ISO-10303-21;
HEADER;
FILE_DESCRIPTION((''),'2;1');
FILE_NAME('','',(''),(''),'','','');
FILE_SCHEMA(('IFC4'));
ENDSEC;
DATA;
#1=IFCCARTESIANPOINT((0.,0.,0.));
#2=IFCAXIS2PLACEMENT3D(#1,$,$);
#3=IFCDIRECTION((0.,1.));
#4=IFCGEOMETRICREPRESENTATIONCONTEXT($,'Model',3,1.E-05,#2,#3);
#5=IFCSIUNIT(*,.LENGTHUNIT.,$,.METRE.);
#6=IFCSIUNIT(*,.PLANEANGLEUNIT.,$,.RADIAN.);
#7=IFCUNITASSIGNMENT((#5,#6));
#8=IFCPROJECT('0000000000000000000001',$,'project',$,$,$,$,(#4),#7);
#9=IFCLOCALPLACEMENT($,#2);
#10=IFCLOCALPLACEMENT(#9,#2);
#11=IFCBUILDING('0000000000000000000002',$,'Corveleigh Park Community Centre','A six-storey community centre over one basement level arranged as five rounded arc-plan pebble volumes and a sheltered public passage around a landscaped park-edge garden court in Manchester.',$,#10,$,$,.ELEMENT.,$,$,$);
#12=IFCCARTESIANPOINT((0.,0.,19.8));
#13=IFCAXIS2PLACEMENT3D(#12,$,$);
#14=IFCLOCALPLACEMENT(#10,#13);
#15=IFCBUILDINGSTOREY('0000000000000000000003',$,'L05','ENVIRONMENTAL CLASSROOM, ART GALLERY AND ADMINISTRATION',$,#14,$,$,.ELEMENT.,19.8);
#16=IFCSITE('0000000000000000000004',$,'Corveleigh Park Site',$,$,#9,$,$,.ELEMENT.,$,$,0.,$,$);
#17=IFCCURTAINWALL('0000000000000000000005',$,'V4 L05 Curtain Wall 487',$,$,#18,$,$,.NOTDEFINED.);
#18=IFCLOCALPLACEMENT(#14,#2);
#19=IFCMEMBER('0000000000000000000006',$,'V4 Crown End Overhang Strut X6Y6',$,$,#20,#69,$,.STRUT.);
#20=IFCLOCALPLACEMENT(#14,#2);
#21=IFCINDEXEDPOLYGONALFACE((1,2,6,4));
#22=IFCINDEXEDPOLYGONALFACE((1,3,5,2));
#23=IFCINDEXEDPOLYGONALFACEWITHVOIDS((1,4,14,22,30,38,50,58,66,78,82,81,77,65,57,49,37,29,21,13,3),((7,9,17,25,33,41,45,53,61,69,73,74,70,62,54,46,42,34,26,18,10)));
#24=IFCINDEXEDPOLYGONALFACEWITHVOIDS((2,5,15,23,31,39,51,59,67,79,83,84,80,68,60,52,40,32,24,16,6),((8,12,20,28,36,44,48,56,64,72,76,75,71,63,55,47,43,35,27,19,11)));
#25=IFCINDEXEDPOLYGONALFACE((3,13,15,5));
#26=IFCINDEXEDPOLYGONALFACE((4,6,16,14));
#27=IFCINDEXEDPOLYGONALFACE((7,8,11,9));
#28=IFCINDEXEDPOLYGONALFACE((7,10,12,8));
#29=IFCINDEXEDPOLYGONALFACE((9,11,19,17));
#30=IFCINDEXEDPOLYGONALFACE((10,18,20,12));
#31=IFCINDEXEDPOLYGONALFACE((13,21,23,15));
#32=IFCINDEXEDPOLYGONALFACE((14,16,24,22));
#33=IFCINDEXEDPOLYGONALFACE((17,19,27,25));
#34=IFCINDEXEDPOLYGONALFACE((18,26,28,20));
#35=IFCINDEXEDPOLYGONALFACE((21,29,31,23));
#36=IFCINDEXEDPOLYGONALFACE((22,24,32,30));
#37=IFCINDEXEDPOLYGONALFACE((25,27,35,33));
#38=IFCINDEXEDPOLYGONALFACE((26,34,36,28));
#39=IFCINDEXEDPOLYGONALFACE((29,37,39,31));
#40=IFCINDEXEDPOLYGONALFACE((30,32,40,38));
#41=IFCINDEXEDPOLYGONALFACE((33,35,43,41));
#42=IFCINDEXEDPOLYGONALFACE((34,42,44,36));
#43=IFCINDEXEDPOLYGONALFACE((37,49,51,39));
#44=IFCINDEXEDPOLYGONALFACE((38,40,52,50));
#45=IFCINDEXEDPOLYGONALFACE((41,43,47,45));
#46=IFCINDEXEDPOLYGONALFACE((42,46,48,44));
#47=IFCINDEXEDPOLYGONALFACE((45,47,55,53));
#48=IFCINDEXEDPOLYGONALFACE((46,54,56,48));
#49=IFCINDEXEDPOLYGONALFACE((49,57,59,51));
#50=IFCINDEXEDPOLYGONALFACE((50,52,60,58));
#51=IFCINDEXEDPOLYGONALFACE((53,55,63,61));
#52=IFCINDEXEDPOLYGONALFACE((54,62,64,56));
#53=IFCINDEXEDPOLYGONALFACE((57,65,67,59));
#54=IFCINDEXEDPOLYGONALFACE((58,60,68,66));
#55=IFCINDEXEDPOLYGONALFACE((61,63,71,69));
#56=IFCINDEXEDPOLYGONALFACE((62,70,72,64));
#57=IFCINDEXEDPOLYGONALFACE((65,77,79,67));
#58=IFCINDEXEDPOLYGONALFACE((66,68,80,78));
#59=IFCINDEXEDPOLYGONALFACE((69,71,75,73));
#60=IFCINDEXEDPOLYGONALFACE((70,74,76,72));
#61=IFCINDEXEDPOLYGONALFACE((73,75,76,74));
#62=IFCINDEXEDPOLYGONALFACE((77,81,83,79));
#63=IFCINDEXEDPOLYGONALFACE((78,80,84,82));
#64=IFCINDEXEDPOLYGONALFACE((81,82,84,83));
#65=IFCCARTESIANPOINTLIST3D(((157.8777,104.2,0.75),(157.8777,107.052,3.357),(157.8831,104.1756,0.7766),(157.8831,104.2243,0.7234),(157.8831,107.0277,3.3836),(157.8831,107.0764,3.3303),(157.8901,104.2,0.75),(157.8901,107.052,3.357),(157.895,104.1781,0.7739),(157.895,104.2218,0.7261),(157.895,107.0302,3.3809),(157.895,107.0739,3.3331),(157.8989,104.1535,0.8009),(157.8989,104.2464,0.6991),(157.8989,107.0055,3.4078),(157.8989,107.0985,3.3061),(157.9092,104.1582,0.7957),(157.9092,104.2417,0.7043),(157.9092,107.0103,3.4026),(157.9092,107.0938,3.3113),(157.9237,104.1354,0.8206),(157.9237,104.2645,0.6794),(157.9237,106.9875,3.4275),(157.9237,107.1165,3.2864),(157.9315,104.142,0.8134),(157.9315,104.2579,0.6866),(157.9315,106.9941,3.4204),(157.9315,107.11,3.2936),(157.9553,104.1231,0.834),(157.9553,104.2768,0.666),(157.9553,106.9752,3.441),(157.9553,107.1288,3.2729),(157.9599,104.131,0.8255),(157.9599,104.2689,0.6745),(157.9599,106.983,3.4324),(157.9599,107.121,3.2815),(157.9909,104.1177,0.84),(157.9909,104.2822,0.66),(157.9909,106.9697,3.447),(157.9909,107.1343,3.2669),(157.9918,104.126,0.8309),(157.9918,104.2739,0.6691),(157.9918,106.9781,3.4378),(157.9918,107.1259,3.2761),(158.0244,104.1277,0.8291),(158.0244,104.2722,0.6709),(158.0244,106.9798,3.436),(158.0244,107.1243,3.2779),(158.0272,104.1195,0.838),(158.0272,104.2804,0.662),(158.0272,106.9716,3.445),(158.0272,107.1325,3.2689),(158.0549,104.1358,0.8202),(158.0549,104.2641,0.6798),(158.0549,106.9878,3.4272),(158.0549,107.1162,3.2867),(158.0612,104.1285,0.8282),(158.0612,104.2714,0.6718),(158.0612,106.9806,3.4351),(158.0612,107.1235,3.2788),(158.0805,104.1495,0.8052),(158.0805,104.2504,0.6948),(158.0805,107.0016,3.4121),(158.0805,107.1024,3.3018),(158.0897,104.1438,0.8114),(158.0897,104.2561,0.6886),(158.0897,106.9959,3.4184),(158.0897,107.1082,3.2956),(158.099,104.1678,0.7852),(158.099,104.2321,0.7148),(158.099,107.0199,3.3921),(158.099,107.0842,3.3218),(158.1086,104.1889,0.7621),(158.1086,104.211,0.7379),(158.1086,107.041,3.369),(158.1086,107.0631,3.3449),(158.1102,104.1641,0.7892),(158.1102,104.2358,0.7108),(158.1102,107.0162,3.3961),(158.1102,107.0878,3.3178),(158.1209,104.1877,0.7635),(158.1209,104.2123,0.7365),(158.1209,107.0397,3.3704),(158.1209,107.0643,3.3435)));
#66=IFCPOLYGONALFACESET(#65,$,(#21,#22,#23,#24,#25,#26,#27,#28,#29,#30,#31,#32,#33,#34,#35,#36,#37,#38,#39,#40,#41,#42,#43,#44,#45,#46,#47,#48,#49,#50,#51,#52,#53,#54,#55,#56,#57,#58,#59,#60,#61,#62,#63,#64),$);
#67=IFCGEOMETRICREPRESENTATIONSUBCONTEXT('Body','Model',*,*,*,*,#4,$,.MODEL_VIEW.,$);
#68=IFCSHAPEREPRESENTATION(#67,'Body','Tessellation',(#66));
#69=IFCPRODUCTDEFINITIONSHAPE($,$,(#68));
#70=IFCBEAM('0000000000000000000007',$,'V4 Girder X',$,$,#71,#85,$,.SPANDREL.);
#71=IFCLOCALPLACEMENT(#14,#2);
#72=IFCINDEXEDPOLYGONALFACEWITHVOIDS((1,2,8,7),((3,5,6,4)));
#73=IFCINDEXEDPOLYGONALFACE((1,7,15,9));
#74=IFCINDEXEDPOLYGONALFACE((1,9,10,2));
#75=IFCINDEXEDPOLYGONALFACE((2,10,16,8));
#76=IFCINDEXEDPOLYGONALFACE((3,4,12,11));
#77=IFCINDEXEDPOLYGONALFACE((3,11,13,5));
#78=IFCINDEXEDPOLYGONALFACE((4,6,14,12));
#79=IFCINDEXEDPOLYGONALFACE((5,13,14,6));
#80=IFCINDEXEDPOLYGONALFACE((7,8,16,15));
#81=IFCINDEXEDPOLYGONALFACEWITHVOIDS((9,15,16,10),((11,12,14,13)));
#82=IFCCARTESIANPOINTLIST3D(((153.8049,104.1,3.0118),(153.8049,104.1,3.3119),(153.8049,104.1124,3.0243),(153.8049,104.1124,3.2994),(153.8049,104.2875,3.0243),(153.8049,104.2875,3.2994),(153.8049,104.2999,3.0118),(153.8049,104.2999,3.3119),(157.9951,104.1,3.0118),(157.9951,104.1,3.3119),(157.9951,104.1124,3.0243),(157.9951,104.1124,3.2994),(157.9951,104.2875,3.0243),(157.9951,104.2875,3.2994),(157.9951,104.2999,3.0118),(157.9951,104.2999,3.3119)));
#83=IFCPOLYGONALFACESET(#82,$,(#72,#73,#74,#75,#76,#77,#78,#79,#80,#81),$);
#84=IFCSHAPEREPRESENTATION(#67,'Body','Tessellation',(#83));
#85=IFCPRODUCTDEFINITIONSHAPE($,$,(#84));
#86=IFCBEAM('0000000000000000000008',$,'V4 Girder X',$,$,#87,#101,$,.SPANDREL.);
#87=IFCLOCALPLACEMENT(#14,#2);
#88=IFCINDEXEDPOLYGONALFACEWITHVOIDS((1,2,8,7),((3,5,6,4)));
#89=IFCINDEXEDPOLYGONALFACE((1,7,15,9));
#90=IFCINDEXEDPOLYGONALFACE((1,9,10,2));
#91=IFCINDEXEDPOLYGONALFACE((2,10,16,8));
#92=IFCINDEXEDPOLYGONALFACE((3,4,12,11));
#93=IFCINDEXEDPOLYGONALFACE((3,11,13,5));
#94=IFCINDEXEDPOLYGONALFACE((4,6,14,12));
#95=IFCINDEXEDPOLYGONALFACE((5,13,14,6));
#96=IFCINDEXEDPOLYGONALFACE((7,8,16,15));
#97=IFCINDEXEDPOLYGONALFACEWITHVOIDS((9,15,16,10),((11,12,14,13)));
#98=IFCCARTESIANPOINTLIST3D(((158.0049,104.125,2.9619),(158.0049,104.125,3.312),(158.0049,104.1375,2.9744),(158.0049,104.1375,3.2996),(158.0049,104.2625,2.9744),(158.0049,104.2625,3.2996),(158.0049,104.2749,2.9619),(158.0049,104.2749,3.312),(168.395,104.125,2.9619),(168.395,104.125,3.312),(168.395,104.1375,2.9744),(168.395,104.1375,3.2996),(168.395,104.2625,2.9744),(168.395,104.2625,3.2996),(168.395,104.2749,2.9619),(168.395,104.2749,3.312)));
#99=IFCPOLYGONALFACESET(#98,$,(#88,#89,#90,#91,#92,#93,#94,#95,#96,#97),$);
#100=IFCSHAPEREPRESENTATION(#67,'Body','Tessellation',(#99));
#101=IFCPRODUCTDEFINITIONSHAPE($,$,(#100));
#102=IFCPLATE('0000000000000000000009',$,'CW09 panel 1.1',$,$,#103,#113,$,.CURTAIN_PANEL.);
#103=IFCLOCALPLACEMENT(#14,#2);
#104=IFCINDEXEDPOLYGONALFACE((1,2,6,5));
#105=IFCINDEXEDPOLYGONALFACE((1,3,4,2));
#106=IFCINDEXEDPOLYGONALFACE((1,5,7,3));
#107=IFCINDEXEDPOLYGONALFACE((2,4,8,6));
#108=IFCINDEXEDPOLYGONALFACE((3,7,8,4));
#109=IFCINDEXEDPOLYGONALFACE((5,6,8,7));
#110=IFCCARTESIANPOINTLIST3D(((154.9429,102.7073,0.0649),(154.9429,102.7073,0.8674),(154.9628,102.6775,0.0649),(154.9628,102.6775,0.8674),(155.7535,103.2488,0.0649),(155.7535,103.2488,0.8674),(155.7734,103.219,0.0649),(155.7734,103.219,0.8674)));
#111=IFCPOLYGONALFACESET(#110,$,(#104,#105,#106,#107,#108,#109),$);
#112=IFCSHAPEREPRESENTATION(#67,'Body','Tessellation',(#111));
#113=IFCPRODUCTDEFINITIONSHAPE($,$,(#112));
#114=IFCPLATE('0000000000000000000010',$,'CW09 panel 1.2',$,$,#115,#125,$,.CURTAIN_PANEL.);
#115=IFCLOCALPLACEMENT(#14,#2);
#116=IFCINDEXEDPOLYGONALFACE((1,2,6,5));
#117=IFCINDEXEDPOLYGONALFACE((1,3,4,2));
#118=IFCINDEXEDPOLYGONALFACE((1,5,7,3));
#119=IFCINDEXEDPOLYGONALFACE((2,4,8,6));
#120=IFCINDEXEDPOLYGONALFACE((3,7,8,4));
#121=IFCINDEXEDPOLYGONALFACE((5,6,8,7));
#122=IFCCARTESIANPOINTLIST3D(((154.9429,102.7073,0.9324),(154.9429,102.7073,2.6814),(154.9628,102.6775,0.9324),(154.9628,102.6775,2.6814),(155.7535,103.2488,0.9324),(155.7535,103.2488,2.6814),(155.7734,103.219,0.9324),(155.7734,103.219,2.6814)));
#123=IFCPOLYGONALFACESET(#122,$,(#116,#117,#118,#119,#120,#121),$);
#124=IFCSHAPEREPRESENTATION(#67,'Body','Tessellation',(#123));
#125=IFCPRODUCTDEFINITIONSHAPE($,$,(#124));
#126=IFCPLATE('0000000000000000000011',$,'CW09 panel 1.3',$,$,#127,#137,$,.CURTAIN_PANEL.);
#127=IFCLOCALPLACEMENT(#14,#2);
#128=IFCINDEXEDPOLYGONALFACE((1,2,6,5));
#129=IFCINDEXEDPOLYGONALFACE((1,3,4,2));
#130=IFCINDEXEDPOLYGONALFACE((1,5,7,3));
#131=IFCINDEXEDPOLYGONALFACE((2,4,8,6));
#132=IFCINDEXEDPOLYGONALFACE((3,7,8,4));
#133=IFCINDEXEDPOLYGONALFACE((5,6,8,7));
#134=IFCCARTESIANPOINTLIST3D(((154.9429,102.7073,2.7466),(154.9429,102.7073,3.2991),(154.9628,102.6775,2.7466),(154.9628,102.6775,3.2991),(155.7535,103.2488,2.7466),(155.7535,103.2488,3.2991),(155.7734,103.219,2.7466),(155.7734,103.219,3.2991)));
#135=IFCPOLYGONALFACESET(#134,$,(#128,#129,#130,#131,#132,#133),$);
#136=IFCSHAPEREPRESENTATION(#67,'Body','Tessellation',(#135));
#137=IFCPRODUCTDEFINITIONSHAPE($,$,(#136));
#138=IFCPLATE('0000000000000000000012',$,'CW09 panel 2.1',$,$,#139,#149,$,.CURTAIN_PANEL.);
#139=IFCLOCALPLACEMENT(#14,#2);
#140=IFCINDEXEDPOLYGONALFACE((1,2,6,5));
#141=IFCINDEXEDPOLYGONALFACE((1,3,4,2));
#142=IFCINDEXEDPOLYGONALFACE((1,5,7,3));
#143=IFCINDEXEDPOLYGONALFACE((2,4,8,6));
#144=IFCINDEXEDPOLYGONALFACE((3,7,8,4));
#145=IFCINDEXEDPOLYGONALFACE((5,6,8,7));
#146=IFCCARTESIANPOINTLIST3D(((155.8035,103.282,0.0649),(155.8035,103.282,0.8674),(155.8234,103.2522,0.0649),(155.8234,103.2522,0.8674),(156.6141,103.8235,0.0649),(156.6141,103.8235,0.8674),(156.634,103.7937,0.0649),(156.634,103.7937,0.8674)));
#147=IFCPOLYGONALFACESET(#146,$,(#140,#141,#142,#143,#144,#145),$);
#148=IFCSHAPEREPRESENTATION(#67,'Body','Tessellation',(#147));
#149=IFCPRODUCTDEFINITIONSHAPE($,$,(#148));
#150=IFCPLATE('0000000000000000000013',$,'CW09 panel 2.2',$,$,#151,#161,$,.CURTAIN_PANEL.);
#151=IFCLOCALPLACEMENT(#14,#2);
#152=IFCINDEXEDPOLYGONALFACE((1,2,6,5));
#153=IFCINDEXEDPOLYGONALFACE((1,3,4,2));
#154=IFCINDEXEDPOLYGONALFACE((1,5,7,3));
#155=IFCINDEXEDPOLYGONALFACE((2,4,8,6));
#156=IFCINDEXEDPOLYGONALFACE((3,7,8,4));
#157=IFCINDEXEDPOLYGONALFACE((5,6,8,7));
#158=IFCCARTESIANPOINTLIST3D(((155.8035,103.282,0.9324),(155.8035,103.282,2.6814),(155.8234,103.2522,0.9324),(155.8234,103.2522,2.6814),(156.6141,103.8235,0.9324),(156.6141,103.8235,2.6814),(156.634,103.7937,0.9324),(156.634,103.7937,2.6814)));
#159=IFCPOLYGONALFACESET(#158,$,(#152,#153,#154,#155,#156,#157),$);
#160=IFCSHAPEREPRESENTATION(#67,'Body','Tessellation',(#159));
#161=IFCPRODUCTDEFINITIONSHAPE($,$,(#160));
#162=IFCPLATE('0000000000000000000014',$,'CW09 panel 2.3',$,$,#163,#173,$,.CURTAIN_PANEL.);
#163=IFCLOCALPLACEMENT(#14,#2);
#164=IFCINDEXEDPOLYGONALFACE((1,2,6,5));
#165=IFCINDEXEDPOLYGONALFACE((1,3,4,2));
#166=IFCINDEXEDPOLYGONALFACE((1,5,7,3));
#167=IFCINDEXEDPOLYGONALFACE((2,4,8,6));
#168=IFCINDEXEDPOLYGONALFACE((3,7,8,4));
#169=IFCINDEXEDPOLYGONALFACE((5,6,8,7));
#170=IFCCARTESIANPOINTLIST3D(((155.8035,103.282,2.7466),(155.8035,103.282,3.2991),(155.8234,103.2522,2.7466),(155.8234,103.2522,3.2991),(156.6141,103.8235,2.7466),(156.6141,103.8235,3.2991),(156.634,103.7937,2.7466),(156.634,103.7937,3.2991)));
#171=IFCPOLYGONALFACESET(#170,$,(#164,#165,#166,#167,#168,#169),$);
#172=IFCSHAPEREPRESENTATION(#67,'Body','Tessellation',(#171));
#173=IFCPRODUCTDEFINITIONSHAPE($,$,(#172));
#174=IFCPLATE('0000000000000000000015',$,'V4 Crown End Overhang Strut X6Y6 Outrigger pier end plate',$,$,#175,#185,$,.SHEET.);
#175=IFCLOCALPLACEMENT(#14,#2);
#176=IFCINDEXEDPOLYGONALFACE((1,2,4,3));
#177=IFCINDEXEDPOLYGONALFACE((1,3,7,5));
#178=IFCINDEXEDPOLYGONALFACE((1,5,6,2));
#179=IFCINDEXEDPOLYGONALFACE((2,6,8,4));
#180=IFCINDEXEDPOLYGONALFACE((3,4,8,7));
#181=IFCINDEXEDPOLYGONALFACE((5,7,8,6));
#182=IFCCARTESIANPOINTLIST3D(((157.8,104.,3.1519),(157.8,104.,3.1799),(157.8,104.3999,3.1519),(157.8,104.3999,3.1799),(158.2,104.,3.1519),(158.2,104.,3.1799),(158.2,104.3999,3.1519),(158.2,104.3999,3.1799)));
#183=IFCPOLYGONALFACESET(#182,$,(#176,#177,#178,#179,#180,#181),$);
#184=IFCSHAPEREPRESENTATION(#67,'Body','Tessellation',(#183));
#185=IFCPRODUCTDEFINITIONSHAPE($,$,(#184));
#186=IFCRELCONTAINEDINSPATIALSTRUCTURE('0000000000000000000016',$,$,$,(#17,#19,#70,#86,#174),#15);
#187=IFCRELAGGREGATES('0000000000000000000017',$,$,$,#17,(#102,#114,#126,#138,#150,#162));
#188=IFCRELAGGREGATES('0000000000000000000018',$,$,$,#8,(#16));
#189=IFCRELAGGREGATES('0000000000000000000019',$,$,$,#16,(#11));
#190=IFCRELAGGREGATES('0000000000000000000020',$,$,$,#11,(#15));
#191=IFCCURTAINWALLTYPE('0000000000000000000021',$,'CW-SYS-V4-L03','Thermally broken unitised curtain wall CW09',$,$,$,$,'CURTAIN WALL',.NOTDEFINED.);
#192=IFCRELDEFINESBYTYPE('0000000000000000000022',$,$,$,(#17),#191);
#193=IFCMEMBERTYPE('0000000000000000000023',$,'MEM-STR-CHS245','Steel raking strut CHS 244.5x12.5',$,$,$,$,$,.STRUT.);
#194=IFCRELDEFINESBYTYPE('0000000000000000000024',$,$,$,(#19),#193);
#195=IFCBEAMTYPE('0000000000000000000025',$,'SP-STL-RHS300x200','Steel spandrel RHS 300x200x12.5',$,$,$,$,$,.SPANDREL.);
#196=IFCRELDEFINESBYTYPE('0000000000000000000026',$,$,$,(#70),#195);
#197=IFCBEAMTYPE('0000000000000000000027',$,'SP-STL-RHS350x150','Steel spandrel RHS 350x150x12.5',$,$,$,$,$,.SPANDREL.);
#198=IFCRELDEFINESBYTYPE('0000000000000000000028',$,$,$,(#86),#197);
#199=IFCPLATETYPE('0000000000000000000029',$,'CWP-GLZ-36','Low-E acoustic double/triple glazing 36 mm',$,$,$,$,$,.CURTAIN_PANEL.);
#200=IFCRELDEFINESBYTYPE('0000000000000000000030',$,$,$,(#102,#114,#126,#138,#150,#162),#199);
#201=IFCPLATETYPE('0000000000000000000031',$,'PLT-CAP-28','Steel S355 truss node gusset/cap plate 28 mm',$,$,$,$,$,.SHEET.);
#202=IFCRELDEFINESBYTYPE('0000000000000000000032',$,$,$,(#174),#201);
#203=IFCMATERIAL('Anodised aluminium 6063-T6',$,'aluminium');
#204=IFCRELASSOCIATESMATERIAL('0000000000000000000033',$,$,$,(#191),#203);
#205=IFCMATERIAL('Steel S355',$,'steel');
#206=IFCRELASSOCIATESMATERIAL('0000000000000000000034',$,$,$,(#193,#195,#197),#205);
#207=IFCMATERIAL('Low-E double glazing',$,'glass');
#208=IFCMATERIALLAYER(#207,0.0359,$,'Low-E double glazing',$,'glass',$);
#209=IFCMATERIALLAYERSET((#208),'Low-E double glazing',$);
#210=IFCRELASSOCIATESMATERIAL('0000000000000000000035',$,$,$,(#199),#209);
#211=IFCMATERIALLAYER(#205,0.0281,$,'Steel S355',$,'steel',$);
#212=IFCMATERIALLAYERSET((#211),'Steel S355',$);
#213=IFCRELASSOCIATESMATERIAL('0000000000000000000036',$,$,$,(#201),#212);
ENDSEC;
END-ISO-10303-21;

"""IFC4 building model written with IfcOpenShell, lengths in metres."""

from ifc_helpers import new_model, si_unit, direction, frame, origin, origin_2d, place, context, subcontext, project, spatial, rectangle, hollow_rectangle, hollow_circle, extrude, material, layer, layer_set, material_profile, profile_set, type_object, element, aggregate, save


model = new_model("IFC4")

# Units and contexts
model_context = context("Model", 3, precision=1e-05, world=origin(), true_north=direction((0.0, 1.0)))
body_context = subcontext(model_context, "Body", "Model", "MODEL_VIEW")
ifc_project = project(units=[si_unit("LENGTHUNIT", "METRE"), si_unit("PLANEANGLEUNIT", "RADIAN")], contexts=[model_context])

# Site, building, storey
site_placement = place(None, origin())
site = spatial("IfcSite", under=ifc_project, at=site_placement, Name="Corveleigh Park Site", CompositionType="ELEMENT", RefElevation=0.0)
building_placement = place(site_placement, origin())
building = spatial("IfcBuilding", under=site, at=building_placement, Name="Corveleigh Park Community Centre", Description="A six-storey community centre over one basement level arranged as five rounded arc-plan pebble volumes and a sheltered public passage around a landscaped park-edge garden court in Manchester.", CompositionType="ELEMENT")
storey_placement = place(building_placement, frame((0.0, 0.0, 19.8)))
storey = spatial("IfcBuildingStorey", under=building, at=storey_placement, Name="L05", Description="ENVIRONMENTAL CLASSROOM, ART GALLERY AND ADMINISTRATION", CompositionType="ELEMENT", Elevation=19.8)

# Shared definitions
ifc_material_1 = material(Name="Steel S355", Category="steel")

# Curtain wall
ifc_material_2 = material(Name="Anodised aluminium 6063-T6", Category="aluminium")
curtain_wall_type = type_object("IfcCurtainWallType", Name="CW-SYS-V4-L03", Description="Thermally broken unitised curtain wall CW09", ElementType="CURTAIN WALL", PredefinedType="NOTDEFINED", material=ifc_material_2)
curtain_wall_placement = place(storey_placement, origin())
curtain_wall = element("IfcCurtainWall", 1, at=curtain_wall_placement, inside=storey, type_object=curtain_wall_type, Name="V4 L05 Curtain Wall 487", PredefinedType="NOTDEFINED")

# Member
ifc_material_profile_1 = material_profile(ifc_material_1, hollow_circle(Radius=0.1223, WallThickness=0.0125, at=origin_2d()), Name="CHS 244.5x12.5", Category="steel")
ifc_profile_set_1 = profile_set([ifc_material_profile_1], Name="Steel S355")
member_type_1 = type_object("IfcMemberType", Name="MEM-STR-CHS245", Description="Steel raking strut CHS 244.5x12.5", PredefinedType="STRUT", material=ifc_profile_set_1)
member_1_placement = place(storey_placement, frame((158.0, 104.2, 0.75), z_axis=(0.0, 0.738113, 0.674677), x_axis=(-1.0, 0.0, 0.0)))
element("IfcMember", 2, at=member_1_placement, inside=storey, type_object=member_type_1, Name="V4 Crown End Overhang Strut X6Y6", PredefinedType="STRUT", context=body_context, shape_type="SweptSolid", body=[
    extrude(hollow_circle(Radius=0.1223, WallThickness=0.0125, at=origin_2d()), origin(), (0.0, 0.0, 1.0), 3.864),
])

# Beams
ifc_material_profile_2 = material_profile(ifc_material_1, hollow_rectangle(XDim=0.2, YDim=0.3, WallThickness=0.0125, at=origin_2d()), Name="RHS 300x200x12.5", Category="steel")
ifc_profile_set_2 = profile_set([ifc_material_profile_2], Name="Steel S355")
beam_type_1 = type_object("IfcBeamType", Name="SP-STL-RHS300x200", Description="Steel spandrel RHS 300x200x12.5", PredefinedType="SPANDREL", material=ifc_profile_set_2)
beam_1_placement = place(storey_placement, frame((153.8049, 104.2, 3.1619), z_axis=(1.0, 0.0, 0.0), x_axis=(0.0, 1.0, 0.0)))
element("IfcBeam", 3, at=beam_1_placement, inside=storey, type_object=beam_type_1, Name="V4 Girder X", PredefinedType="SPANDREL", context=body_context, shape_type="SweptSolid", body=[
    extrude(hollow_rectangle(XDim=0.2, YDim=0.3, WallThickness=0.0125, at=origin_2d()), origin(), (0.0, 0.0, 1.0), 4.1902),
])
ifc_material_profile_3 = material_profile(ifc_material_1, hollow_rectangle(XDim=0.1499, YDim=0.3501, WallThickness=0.0125, at=origin_2d()), Name="RHS 350x150x12.5", Category="steel")
ifc_profile_set_3 = profile_set([ifc_material_profile_3], Name="Steel S355")
beam_type_2 = type_object("IfcBeamType", Name="SP-STL-RHS350x150", Description="Steel spandrel RHS 350x150x12.5", PredefinedType="SPANDREL", material=ifc_profile_set_3)
beam_2_placement = place(storey_placement, frame((158.0049, 104.2, 3.137), z_axis=(1.0, 0.0, 0.0), x_axis=(0.0, 1.0, 0.0)))
element("IfcBeam", 4, at=beam_2_placement, inside=storey, type_object=beam_type_2, Name="V4 Girder X", PredefinedType="SPANDREL", context=body_context, shape_type="SweptSolid", body=[
    extrude(hollow_rectangle(XDim=0.1499, YDim=0.3501, WallThickness=0.0125, at=origin_2d()), origin(), (0.0, 0.0, 1.0), 10.3901),
])

# Plates
ifc_material_3 = material(Name="Low-E double glazing", Category="glass")
ifc_layer_1 = layer(ifc_material_3, 0.0359, Name="Low-E double glazing", Category="glass")
ifc_layer_set_1 = layer_set([ifc_layer_1], Name="Low-E double glazing")
plate_type_1 = type_object("IfcPlateType", Name="CWP-GLZ-36", Description="Low-E acoustic double/triple glazing 36 mm", PredefinedType="CURTAIN_PANEL", material=ifc_layer_set_1)
plate_1_placement = place(storey_placement, frame((155.3582, 102.9631, 0.0649), z_axis=(0.0, 0.0, 1.0), x_axis=(0.831544, 0.555458, 0.0)))
plate_1 = element("IfcPlate", 5, at=plate_1_placement, type_object=plate_type_1, Name="CW09 panel 1.1", PredefinedType="CURTAIN_PANEL", context=body_context, shape_type="SweptSolid", body=[
    extrude(rectangle(XDim=0.9749, YDim=0.0359, at=origin_2d()), origin(), (0.0, 0.0, 1.0), 0.8025),
])
plate_2_placement = place(storey_placement, frame((155.3582, 102.9631, 0.9324), z_axis=(0.0, 0.0, 1.0), x_axis=(0.831544, 0.555458, 0.0)))
plate_2 = element("IfcPlate", 6, at=plate_2_placement, type_object=plate_type_1, Name="CW09 panel 1.2", PredefinedType="CURTAIN_PANEL", context=body_context, shape_type="SweptSolid", body=[
    extrude(rectangle(XDim=0.9749, YDim=0.0359, at=origin_2d()), origin(), (0.0, 0.0, 1.0), 1.749),
])
plate_3_placement = place(storey_placement, frame((155.3582, 102.9631, 2.7466), z_axis=(0.0, 0.0, 1.0), x_axis=(0.831544, 0.555458, 0.0)))
plate_3 = element("IfcPlate", 7, at=plate_3_placement, type_object=plate_type_1, Name="CW09 panel 1.3", PredefinedType="CURTAIN_PANEL", context=body_context, shape_type="SweptSolid", body=[
    extrude(rectangle(XDim=0.9749, YDim=0.0359, at=origin_2d()), origin(), (0.0, 0.0, 1.0), 0.5525),
])
plate_4_placement = place(storey_placement, frame((156.2188, 103.5378, 0.0649), z_axis=(0.0, 0.0, 1.0), x_axis=(0.831544, 0.555458, 0.0)))
plate_4 = element("IfcPlate", 8, at=plate_4_placement, type_object=plate_type_1, Name="CW09 panel 2.1", PredefinedType="CURTAIN_PANEL", context=body_context, shape_type="SweptSolid", body=[
    extrude(rectangle(XDim=0.9749, YDim=0.0359, at=origin_2d()), origin(), (0.0, 0.0, 1.0), 0.8025),
])
plate_5_placement = place(storey_placement, frame((156.2188, 103.5378, 0.9324), z_axis=(0.0, 0.0, 1.0), x_axis=(0.831544, 0.555458, 0.0)))
plate_5 = element("IfcPlate", 9, at=plate_5_placement, type_object=plate_type_1, Name="CW09 panel 2.2", PredefinedType="CURTAIN_PANEL", context=body_context, shape_type="SweptSolid", body=[
    extrude(rectangle(XDim=0.9749, YDim=0.0359, at=origin_2d()), origin(), (0.0, 0.0, 1.0), 1.749),
])
plate_6_placement = place(storey_placement, frame((156.2188, 103.5378, 2.7466), z_axis=(0.0, 0.0, 1.0), x_axis=(0.831544, 0.555458, 0.0)))
plate_6 = element("IfcPlate", 10, at=plate_6_placement, type_object=plate_type_1, Name="CW09 panel 2.3", PredefinedType="CURTAIN_PANEL", context=body_context, shape_type="SweptSolid", body=[
    extrude(rectangle(XDim=0.9749, YDim=0.0359, at=origin_2d()), origin(), (0.0, 0.0, 1.0), 0.5525),
])
aggregate(curtain_wall, [plate_1, plate_2, plate_3, plate_4, plate_5, plate_6])

# Plate
ifc_layer_2 = layer(ifc_material_1, 0.0281, Name="Steel S355", Category="steel")
ifc_layer_set_2 = layer_set([ifc_layer_2], Name="Steel S355")
plate_type_2 = type_object("IfcPlateType", Name="PLT-CAP-28", Description="Steel S355 truss node gusset/cap plate 28 mm", PredefinedType="SHEET", material=ifc_layer_set_2)
plate_7_placement = place(storey_placement, frame((158.0, 104.2, 3.1519), z_axis=(0.0, 0.0, 1.0), x_axis=(1.0, 0.0, 0.0)))
element("IfcPlate", 11, at=plate_7_placement, inside=storey, type_object=plate_type_2, Name="V4 Crown End Overhang Strut X6Y6 Outrigger pier end plate", PredefinedType="SHEET", context=body_context, shape_type="SweptSolid", body=[
    extrude(rectangle(XDim=0.3999, YDim=0.3999, at=origin_2d()), origin(), (0.0, 0.0, 1.0), 0.0281),
])

save(model, "model.ifc")
